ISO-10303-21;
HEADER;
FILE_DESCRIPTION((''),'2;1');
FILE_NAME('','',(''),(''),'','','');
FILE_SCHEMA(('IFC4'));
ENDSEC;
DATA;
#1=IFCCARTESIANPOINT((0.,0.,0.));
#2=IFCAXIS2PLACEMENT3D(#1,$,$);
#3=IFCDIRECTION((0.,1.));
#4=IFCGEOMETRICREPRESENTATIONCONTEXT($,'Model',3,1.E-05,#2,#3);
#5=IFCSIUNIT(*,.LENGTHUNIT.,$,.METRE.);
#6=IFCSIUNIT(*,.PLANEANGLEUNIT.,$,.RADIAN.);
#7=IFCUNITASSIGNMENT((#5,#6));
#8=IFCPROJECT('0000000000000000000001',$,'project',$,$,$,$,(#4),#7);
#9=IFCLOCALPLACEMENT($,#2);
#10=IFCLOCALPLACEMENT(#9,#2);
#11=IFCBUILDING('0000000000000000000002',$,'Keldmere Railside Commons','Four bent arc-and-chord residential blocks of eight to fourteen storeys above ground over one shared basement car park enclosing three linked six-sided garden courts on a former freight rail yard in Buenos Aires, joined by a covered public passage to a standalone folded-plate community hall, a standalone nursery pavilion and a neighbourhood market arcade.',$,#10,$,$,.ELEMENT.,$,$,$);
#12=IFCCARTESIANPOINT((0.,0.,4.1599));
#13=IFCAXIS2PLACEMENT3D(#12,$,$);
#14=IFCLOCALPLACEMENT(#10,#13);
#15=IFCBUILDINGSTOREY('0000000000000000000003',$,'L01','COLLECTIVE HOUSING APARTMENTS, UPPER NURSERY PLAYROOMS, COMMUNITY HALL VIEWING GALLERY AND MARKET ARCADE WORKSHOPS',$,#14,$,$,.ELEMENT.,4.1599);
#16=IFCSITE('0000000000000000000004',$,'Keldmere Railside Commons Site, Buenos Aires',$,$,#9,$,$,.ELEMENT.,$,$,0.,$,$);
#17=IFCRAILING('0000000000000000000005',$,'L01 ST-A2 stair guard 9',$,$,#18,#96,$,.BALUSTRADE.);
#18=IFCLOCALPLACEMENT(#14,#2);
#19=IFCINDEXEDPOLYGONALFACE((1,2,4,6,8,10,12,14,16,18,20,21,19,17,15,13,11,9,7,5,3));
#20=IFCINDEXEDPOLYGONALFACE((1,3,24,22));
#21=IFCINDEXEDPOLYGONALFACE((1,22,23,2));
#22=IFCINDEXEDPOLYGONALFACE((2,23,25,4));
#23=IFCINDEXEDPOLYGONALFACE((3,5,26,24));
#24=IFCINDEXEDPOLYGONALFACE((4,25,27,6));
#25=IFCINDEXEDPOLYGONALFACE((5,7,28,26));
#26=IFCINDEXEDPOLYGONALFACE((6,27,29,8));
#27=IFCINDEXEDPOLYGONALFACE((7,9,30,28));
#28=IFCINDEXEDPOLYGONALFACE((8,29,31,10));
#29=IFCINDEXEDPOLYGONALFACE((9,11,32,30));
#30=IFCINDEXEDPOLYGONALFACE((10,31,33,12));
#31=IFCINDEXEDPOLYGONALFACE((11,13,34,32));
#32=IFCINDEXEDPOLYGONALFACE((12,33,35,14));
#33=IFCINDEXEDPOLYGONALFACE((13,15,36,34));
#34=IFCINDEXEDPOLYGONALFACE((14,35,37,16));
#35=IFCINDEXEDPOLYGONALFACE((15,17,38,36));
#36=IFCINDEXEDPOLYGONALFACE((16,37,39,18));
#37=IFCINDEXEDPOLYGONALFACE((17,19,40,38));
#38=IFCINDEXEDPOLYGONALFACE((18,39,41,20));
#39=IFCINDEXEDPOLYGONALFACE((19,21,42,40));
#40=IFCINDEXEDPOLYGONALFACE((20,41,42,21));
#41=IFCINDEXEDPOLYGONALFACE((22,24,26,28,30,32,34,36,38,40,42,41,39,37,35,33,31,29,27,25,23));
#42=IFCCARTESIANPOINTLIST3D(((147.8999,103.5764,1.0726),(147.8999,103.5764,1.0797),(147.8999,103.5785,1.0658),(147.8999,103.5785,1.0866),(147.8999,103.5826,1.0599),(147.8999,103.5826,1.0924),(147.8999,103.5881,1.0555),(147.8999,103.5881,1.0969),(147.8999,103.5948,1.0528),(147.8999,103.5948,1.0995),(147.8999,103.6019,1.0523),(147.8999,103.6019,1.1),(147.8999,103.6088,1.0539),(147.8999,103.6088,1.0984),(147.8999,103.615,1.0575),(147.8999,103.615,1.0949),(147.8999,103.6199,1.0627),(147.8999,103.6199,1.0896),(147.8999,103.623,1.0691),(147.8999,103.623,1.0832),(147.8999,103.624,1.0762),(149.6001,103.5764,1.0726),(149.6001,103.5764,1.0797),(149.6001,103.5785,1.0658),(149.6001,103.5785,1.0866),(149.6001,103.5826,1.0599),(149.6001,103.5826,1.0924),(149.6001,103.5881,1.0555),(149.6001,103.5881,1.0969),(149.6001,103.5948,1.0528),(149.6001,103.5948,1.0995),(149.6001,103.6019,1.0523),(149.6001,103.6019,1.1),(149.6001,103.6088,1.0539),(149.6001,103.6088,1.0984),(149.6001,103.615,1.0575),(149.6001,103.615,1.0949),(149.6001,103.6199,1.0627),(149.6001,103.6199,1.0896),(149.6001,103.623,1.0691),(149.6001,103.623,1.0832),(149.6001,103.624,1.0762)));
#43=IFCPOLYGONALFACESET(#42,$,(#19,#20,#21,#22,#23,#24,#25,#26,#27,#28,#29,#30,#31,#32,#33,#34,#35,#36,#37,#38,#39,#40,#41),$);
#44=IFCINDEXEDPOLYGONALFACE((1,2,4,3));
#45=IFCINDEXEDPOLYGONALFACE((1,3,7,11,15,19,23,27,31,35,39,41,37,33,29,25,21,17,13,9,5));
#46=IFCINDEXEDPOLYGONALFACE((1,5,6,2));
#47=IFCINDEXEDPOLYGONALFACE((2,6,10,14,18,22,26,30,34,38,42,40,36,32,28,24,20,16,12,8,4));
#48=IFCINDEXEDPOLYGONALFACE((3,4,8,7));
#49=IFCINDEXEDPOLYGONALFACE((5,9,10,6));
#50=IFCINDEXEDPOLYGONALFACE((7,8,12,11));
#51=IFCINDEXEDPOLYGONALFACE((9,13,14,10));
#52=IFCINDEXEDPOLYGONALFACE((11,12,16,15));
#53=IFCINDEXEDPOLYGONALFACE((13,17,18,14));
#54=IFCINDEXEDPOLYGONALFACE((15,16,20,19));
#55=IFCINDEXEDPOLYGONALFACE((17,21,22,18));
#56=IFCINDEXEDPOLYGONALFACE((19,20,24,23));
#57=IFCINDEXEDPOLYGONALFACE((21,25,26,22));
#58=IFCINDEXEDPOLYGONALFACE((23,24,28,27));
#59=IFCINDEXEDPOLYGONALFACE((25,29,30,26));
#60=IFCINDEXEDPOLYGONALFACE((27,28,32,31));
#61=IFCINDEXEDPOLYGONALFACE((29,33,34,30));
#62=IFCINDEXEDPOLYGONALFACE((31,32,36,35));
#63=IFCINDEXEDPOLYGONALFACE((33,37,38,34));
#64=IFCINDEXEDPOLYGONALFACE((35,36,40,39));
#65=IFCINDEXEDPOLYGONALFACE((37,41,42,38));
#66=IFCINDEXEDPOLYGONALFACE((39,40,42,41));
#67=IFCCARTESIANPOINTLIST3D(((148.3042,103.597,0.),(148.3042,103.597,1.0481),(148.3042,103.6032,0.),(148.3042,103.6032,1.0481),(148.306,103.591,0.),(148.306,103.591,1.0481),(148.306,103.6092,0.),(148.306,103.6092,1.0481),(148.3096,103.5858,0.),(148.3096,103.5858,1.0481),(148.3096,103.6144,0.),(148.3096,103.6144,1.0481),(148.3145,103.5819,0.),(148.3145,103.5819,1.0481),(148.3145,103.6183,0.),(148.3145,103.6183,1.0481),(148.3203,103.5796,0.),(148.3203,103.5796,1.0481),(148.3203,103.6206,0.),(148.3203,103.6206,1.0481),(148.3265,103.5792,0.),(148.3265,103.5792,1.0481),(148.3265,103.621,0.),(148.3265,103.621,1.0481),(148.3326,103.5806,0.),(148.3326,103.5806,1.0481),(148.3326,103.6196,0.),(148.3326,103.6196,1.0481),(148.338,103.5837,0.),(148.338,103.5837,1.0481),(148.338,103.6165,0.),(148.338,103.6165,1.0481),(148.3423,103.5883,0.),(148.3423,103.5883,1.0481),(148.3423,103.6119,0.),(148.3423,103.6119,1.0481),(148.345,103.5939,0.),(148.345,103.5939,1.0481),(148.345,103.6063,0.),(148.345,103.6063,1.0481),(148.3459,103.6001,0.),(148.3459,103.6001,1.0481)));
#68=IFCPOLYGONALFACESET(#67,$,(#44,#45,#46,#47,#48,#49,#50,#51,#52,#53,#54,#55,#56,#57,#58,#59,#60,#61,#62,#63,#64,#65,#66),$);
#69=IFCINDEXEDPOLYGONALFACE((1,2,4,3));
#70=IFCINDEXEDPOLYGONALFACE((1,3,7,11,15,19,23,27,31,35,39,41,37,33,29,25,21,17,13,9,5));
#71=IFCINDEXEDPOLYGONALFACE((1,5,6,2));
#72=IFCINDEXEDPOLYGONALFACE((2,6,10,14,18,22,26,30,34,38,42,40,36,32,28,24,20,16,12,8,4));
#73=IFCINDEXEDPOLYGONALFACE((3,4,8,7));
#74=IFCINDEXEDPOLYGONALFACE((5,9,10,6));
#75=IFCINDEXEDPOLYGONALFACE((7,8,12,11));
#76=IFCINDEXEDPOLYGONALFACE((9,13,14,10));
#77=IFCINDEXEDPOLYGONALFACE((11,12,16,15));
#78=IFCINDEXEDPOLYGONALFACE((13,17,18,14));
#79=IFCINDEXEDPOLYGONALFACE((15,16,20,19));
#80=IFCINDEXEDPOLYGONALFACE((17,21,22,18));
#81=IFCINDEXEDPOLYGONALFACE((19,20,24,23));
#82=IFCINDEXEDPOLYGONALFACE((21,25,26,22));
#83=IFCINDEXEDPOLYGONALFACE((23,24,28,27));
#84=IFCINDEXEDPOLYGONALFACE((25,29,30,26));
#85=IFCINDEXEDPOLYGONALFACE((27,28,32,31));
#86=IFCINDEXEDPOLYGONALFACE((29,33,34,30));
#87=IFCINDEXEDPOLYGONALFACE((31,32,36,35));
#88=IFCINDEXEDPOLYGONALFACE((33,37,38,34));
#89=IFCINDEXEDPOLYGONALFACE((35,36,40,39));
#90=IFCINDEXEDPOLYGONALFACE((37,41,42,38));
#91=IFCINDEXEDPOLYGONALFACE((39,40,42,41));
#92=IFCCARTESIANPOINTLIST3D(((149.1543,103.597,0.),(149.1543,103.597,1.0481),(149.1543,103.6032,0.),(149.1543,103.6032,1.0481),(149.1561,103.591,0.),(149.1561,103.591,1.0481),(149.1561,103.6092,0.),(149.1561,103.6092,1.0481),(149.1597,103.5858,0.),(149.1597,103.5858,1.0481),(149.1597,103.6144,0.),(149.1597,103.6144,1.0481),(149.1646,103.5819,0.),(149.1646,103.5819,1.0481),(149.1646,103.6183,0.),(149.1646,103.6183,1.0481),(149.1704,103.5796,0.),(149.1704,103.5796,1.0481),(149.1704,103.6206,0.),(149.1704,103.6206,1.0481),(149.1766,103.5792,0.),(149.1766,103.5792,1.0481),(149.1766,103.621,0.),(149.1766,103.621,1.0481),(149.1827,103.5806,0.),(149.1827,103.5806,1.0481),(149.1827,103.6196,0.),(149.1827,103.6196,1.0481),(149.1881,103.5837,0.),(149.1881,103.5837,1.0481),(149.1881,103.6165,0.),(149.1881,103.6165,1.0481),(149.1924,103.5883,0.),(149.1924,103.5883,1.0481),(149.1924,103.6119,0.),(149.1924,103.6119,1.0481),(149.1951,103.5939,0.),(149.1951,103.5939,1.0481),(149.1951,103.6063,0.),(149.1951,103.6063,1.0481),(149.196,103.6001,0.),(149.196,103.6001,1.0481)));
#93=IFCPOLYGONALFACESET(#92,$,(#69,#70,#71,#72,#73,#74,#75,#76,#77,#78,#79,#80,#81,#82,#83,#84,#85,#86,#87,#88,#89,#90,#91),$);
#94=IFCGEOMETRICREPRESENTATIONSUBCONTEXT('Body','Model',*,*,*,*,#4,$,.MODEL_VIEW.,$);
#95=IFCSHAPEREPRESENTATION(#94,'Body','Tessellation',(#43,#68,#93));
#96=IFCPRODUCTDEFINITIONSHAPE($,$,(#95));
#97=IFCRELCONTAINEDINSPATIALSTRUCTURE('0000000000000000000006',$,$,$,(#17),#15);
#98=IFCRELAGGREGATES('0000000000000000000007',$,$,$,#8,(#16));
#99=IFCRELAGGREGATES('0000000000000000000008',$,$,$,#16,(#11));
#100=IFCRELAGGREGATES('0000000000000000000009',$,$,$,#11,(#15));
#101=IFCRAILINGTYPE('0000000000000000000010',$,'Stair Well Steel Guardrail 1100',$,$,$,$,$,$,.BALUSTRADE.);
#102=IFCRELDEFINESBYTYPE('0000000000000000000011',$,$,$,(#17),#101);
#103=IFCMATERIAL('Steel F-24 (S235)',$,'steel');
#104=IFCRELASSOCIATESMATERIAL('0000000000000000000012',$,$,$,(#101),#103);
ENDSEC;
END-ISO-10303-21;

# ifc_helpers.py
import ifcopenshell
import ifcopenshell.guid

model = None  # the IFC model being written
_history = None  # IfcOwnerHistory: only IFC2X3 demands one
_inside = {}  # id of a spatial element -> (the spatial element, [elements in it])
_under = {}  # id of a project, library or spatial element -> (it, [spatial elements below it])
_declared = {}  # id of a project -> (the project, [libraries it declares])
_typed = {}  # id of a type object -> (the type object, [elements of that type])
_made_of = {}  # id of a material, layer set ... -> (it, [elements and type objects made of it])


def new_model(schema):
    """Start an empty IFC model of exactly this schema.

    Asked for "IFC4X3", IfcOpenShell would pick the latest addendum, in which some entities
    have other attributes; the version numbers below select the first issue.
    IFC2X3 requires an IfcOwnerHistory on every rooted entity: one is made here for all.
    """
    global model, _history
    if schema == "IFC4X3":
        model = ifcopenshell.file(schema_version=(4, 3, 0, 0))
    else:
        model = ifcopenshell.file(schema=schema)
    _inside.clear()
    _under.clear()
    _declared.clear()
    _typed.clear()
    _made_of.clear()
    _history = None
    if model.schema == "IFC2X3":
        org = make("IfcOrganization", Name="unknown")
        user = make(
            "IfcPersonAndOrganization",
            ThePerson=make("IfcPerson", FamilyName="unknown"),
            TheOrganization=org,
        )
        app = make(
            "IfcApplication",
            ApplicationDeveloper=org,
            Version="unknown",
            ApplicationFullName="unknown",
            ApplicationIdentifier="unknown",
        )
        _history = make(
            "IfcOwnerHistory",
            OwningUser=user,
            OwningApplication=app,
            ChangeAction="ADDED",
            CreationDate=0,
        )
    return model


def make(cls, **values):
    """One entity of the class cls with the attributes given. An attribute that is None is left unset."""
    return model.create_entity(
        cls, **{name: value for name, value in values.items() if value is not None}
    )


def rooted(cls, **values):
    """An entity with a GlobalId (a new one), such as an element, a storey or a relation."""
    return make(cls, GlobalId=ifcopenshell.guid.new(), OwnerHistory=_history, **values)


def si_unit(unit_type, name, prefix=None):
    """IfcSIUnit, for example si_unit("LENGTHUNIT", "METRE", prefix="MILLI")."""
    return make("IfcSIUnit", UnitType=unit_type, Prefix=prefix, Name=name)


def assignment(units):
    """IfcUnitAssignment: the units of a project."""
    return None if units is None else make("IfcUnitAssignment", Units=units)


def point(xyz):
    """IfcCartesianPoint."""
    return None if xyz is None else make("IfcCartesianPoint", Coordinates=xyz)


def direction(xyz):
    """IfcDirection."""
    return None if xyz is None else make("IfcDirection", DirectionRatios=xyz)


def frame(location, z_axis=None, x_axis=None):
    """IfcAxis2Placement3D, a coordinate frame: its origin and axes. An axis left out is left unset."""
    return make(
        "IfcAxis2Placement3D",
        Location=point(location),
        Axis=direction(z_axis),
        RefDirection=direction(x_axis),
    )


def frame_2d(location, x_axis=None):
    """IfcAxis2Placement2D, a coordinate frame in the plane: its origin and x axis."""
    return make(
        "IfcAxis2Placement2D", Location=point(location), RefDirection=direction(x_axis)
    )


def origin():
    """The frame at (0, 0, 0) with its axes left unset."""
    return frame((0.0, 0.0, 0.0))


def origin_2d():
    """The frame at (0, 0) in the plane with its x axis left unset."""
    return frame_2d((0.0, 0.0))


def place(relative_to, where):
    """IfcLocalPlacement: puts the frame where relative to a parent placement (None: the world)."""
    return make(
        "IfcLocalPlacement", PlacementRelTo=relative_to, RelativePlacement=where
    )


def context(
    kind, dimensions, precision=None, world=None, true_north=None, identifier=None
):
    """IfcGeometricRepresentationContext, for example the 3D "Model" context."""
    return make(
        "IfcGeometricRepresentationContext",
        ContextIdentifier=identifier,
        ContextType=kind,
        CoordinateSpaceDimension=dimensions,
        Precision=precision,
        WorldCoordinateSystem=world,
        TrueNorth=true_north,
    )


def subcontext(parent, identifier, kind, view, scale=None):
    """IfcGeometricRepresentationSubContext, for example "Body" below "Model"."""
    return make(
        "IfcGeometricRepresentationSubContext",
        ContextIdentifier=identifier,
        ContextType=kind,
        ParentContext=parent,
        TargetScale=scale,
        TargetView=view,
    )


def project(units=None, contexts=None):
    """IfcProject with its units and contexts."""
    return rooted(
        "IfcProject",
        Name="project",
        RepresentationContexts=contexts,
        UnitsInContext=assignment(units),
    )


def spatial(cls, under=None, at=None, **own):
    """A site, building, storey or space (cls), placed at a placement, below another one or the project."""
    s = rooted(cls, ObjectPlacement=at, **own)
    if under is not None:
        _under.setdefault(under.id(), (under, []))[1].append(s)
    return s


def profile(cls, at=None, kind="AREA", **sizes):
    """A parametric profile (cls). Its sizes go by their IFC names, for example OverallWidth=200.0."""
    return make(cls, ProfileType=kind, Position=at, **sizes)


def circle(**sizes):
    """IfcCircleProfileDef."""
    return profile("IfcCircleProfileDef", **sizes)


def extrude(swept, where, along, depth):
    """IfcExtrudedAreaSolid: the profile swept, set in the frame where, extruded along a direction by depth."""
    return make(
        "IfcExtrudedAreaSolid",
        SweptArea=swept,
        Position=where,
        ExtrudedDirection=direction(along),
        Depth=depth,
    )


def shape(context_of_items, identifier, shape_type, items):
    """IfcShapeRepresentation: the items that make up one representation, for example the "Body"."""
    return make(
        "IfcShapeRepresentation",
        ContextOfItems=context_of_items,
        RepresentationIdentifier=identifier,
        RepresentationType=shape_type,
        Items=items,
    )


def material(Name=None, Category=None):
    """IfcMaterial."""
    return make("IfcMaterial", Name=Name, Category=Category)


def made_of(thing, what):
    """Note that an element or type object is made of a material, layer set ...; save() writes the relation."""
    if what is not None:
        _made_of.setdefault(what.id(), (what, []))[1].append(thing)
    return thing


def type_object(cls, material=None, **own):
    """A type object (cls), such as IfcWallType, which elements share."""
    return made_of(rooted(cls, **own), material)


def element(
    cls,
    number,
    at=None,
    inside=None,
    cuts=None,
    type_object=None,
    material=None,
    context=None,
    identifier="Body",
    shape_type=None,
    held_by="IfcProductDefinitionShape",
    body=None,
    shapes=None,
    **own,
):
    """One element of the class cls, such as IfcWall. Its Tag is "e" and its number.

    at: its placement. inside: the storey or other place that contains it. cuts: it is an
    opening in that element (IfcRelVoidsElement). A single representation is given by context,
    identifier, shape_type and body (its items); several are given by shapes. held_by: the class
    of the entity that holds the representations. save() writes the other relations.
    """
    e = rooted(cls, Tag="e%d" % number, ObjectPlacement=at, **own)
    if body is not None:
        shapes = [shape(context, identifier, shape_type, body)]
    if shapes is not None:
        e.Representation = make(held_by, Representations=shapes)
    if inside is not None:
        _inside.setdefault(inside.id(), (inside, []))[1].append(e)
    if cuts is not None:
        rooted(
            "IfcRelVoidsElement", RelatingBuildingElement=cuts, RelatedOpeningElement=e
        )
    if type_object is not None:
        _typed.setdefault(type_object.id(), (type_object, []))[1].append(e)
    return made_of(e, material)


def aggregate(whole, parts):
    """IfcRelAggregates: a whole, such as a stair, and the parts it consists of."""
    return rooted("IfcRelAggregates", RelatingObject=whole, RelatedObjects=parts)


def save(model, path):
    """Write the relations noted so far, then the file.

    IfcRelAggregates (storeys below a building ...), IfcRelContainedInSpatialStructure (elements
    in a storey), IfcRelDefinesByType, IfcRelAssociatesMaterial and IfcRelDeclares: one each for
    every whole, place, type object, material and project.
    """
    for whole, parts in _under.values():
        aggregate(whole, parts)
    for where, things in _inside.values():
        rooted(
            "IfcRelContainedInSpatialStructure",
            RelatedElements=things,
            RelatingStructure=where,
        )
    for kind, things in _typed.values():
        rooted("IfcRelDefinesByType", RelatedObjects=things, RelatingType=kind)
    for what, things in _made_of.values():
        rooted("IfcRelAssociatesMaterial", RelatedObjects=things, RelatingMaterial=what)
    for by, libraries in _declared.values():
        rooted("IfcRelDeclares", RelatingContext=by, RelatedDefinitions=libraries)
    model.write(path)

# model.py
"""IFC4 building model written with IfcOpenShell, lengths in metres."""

from ifc_helpers import new_model, si_unit, direction, frame, origin, origin_2d, place, context, subcontext, project, spatial, circle, extrude, material, type_object, element, save


model = new_model("IFC4")

# Units and contexts
model_context = context("Model", 3, precision=1e-05, world=origin(), true_north=direction((0.0, 1.0)))
body_context = subcontext(model_context, "Body", "Model", "MODEL_VIEW")
ifc_project = project(units=[si_unit("LENGTHUNIT", "METRE"), si_unit("PLANEANGLEUNIT", "RADIAN")], contexts=[model_context])

# Site, building, storey
site_placement = place(None, origin())
site = spatial("IfcSite", under=ifc_project, at=site_placement, Name="Keldmere Railside Commons Site, Buenos Aires", CompositionType="ELEMENT", RefElevation=0.0)
building_placement = place(site_placement, origin())
building = spatial("IfcBuilding", under=site, at=building_placement, Name="Keldmere Railside Commons", Description="Four bent arc-and-chord residential blocks of eight to fourteen storeys above ground over one shared basement car park enclosing three linked six-sided garden courts on a former freight rail yard in Buenos Aires, joined by a covered public passage to a standalone folded-plate community hall, a standalone nursery pavilion and a neighbourhood market arcade.", CompositionType="ELEMENT")
storey_placement = place(building_placement, frame((0.0, 0.0, 4.1599)))
storey = spatial("IfcBuildingStorey", under=building, at=storey_placement, Name="L01", Description="COLLECTIVE HOUSING APARTMENTS, UPPER NURSERY PLAYROOMS, COMMUNITY HALL VIEWING GALLERY AND MARKET ARCADE WORKSHOPS", CompositionType="ELEMENT", Elevation=4.1599)

# Railing
ifc_material_1 = material(Name="Steel F-24 (S235)", Category="steel")
railing_type_1 = type_object("IfcRailingType", Name="Stair Well Steel Guardrail 1100", PredefinedType="BALUSTRADE", material=ifc_material_1)
for number, where, name in (
    (1, (147.8999, 103.6001, 0.0), "L01 ST-A2 stair guard 9"),
):
    element("IfcRailing", number, at=place(storey_placement, frame(where)), inside=storey, type_object=railing_type_1, Name=name, PredefinedType="BALUSTRADE", context=body_context, shape_type="SweptSolid", body=[
        extrude(circle(Radius=0.0239, at=origin_2d()), frame((0.0, 0.0, 1.0762), z_axis=(1.0, 0.0, 0.0), x_axis=(0.0, 1.0, 0.0)), (0.0, 0.0, 1.0), 1.7002),
        extrude(circle(Radius=0.021, at=origin_2d()), frame((0.425, 0.0, 0.0)), (0.0, 0.0, 1.0), 1.0481),
        extrude(circle(Radius=0.021, at=origin_2d()), frame((1.2751, 0.0, 0.0)), (0.0, 0.0, 1.0), 1.0481),
    ])

save(model, "model.ifc")
